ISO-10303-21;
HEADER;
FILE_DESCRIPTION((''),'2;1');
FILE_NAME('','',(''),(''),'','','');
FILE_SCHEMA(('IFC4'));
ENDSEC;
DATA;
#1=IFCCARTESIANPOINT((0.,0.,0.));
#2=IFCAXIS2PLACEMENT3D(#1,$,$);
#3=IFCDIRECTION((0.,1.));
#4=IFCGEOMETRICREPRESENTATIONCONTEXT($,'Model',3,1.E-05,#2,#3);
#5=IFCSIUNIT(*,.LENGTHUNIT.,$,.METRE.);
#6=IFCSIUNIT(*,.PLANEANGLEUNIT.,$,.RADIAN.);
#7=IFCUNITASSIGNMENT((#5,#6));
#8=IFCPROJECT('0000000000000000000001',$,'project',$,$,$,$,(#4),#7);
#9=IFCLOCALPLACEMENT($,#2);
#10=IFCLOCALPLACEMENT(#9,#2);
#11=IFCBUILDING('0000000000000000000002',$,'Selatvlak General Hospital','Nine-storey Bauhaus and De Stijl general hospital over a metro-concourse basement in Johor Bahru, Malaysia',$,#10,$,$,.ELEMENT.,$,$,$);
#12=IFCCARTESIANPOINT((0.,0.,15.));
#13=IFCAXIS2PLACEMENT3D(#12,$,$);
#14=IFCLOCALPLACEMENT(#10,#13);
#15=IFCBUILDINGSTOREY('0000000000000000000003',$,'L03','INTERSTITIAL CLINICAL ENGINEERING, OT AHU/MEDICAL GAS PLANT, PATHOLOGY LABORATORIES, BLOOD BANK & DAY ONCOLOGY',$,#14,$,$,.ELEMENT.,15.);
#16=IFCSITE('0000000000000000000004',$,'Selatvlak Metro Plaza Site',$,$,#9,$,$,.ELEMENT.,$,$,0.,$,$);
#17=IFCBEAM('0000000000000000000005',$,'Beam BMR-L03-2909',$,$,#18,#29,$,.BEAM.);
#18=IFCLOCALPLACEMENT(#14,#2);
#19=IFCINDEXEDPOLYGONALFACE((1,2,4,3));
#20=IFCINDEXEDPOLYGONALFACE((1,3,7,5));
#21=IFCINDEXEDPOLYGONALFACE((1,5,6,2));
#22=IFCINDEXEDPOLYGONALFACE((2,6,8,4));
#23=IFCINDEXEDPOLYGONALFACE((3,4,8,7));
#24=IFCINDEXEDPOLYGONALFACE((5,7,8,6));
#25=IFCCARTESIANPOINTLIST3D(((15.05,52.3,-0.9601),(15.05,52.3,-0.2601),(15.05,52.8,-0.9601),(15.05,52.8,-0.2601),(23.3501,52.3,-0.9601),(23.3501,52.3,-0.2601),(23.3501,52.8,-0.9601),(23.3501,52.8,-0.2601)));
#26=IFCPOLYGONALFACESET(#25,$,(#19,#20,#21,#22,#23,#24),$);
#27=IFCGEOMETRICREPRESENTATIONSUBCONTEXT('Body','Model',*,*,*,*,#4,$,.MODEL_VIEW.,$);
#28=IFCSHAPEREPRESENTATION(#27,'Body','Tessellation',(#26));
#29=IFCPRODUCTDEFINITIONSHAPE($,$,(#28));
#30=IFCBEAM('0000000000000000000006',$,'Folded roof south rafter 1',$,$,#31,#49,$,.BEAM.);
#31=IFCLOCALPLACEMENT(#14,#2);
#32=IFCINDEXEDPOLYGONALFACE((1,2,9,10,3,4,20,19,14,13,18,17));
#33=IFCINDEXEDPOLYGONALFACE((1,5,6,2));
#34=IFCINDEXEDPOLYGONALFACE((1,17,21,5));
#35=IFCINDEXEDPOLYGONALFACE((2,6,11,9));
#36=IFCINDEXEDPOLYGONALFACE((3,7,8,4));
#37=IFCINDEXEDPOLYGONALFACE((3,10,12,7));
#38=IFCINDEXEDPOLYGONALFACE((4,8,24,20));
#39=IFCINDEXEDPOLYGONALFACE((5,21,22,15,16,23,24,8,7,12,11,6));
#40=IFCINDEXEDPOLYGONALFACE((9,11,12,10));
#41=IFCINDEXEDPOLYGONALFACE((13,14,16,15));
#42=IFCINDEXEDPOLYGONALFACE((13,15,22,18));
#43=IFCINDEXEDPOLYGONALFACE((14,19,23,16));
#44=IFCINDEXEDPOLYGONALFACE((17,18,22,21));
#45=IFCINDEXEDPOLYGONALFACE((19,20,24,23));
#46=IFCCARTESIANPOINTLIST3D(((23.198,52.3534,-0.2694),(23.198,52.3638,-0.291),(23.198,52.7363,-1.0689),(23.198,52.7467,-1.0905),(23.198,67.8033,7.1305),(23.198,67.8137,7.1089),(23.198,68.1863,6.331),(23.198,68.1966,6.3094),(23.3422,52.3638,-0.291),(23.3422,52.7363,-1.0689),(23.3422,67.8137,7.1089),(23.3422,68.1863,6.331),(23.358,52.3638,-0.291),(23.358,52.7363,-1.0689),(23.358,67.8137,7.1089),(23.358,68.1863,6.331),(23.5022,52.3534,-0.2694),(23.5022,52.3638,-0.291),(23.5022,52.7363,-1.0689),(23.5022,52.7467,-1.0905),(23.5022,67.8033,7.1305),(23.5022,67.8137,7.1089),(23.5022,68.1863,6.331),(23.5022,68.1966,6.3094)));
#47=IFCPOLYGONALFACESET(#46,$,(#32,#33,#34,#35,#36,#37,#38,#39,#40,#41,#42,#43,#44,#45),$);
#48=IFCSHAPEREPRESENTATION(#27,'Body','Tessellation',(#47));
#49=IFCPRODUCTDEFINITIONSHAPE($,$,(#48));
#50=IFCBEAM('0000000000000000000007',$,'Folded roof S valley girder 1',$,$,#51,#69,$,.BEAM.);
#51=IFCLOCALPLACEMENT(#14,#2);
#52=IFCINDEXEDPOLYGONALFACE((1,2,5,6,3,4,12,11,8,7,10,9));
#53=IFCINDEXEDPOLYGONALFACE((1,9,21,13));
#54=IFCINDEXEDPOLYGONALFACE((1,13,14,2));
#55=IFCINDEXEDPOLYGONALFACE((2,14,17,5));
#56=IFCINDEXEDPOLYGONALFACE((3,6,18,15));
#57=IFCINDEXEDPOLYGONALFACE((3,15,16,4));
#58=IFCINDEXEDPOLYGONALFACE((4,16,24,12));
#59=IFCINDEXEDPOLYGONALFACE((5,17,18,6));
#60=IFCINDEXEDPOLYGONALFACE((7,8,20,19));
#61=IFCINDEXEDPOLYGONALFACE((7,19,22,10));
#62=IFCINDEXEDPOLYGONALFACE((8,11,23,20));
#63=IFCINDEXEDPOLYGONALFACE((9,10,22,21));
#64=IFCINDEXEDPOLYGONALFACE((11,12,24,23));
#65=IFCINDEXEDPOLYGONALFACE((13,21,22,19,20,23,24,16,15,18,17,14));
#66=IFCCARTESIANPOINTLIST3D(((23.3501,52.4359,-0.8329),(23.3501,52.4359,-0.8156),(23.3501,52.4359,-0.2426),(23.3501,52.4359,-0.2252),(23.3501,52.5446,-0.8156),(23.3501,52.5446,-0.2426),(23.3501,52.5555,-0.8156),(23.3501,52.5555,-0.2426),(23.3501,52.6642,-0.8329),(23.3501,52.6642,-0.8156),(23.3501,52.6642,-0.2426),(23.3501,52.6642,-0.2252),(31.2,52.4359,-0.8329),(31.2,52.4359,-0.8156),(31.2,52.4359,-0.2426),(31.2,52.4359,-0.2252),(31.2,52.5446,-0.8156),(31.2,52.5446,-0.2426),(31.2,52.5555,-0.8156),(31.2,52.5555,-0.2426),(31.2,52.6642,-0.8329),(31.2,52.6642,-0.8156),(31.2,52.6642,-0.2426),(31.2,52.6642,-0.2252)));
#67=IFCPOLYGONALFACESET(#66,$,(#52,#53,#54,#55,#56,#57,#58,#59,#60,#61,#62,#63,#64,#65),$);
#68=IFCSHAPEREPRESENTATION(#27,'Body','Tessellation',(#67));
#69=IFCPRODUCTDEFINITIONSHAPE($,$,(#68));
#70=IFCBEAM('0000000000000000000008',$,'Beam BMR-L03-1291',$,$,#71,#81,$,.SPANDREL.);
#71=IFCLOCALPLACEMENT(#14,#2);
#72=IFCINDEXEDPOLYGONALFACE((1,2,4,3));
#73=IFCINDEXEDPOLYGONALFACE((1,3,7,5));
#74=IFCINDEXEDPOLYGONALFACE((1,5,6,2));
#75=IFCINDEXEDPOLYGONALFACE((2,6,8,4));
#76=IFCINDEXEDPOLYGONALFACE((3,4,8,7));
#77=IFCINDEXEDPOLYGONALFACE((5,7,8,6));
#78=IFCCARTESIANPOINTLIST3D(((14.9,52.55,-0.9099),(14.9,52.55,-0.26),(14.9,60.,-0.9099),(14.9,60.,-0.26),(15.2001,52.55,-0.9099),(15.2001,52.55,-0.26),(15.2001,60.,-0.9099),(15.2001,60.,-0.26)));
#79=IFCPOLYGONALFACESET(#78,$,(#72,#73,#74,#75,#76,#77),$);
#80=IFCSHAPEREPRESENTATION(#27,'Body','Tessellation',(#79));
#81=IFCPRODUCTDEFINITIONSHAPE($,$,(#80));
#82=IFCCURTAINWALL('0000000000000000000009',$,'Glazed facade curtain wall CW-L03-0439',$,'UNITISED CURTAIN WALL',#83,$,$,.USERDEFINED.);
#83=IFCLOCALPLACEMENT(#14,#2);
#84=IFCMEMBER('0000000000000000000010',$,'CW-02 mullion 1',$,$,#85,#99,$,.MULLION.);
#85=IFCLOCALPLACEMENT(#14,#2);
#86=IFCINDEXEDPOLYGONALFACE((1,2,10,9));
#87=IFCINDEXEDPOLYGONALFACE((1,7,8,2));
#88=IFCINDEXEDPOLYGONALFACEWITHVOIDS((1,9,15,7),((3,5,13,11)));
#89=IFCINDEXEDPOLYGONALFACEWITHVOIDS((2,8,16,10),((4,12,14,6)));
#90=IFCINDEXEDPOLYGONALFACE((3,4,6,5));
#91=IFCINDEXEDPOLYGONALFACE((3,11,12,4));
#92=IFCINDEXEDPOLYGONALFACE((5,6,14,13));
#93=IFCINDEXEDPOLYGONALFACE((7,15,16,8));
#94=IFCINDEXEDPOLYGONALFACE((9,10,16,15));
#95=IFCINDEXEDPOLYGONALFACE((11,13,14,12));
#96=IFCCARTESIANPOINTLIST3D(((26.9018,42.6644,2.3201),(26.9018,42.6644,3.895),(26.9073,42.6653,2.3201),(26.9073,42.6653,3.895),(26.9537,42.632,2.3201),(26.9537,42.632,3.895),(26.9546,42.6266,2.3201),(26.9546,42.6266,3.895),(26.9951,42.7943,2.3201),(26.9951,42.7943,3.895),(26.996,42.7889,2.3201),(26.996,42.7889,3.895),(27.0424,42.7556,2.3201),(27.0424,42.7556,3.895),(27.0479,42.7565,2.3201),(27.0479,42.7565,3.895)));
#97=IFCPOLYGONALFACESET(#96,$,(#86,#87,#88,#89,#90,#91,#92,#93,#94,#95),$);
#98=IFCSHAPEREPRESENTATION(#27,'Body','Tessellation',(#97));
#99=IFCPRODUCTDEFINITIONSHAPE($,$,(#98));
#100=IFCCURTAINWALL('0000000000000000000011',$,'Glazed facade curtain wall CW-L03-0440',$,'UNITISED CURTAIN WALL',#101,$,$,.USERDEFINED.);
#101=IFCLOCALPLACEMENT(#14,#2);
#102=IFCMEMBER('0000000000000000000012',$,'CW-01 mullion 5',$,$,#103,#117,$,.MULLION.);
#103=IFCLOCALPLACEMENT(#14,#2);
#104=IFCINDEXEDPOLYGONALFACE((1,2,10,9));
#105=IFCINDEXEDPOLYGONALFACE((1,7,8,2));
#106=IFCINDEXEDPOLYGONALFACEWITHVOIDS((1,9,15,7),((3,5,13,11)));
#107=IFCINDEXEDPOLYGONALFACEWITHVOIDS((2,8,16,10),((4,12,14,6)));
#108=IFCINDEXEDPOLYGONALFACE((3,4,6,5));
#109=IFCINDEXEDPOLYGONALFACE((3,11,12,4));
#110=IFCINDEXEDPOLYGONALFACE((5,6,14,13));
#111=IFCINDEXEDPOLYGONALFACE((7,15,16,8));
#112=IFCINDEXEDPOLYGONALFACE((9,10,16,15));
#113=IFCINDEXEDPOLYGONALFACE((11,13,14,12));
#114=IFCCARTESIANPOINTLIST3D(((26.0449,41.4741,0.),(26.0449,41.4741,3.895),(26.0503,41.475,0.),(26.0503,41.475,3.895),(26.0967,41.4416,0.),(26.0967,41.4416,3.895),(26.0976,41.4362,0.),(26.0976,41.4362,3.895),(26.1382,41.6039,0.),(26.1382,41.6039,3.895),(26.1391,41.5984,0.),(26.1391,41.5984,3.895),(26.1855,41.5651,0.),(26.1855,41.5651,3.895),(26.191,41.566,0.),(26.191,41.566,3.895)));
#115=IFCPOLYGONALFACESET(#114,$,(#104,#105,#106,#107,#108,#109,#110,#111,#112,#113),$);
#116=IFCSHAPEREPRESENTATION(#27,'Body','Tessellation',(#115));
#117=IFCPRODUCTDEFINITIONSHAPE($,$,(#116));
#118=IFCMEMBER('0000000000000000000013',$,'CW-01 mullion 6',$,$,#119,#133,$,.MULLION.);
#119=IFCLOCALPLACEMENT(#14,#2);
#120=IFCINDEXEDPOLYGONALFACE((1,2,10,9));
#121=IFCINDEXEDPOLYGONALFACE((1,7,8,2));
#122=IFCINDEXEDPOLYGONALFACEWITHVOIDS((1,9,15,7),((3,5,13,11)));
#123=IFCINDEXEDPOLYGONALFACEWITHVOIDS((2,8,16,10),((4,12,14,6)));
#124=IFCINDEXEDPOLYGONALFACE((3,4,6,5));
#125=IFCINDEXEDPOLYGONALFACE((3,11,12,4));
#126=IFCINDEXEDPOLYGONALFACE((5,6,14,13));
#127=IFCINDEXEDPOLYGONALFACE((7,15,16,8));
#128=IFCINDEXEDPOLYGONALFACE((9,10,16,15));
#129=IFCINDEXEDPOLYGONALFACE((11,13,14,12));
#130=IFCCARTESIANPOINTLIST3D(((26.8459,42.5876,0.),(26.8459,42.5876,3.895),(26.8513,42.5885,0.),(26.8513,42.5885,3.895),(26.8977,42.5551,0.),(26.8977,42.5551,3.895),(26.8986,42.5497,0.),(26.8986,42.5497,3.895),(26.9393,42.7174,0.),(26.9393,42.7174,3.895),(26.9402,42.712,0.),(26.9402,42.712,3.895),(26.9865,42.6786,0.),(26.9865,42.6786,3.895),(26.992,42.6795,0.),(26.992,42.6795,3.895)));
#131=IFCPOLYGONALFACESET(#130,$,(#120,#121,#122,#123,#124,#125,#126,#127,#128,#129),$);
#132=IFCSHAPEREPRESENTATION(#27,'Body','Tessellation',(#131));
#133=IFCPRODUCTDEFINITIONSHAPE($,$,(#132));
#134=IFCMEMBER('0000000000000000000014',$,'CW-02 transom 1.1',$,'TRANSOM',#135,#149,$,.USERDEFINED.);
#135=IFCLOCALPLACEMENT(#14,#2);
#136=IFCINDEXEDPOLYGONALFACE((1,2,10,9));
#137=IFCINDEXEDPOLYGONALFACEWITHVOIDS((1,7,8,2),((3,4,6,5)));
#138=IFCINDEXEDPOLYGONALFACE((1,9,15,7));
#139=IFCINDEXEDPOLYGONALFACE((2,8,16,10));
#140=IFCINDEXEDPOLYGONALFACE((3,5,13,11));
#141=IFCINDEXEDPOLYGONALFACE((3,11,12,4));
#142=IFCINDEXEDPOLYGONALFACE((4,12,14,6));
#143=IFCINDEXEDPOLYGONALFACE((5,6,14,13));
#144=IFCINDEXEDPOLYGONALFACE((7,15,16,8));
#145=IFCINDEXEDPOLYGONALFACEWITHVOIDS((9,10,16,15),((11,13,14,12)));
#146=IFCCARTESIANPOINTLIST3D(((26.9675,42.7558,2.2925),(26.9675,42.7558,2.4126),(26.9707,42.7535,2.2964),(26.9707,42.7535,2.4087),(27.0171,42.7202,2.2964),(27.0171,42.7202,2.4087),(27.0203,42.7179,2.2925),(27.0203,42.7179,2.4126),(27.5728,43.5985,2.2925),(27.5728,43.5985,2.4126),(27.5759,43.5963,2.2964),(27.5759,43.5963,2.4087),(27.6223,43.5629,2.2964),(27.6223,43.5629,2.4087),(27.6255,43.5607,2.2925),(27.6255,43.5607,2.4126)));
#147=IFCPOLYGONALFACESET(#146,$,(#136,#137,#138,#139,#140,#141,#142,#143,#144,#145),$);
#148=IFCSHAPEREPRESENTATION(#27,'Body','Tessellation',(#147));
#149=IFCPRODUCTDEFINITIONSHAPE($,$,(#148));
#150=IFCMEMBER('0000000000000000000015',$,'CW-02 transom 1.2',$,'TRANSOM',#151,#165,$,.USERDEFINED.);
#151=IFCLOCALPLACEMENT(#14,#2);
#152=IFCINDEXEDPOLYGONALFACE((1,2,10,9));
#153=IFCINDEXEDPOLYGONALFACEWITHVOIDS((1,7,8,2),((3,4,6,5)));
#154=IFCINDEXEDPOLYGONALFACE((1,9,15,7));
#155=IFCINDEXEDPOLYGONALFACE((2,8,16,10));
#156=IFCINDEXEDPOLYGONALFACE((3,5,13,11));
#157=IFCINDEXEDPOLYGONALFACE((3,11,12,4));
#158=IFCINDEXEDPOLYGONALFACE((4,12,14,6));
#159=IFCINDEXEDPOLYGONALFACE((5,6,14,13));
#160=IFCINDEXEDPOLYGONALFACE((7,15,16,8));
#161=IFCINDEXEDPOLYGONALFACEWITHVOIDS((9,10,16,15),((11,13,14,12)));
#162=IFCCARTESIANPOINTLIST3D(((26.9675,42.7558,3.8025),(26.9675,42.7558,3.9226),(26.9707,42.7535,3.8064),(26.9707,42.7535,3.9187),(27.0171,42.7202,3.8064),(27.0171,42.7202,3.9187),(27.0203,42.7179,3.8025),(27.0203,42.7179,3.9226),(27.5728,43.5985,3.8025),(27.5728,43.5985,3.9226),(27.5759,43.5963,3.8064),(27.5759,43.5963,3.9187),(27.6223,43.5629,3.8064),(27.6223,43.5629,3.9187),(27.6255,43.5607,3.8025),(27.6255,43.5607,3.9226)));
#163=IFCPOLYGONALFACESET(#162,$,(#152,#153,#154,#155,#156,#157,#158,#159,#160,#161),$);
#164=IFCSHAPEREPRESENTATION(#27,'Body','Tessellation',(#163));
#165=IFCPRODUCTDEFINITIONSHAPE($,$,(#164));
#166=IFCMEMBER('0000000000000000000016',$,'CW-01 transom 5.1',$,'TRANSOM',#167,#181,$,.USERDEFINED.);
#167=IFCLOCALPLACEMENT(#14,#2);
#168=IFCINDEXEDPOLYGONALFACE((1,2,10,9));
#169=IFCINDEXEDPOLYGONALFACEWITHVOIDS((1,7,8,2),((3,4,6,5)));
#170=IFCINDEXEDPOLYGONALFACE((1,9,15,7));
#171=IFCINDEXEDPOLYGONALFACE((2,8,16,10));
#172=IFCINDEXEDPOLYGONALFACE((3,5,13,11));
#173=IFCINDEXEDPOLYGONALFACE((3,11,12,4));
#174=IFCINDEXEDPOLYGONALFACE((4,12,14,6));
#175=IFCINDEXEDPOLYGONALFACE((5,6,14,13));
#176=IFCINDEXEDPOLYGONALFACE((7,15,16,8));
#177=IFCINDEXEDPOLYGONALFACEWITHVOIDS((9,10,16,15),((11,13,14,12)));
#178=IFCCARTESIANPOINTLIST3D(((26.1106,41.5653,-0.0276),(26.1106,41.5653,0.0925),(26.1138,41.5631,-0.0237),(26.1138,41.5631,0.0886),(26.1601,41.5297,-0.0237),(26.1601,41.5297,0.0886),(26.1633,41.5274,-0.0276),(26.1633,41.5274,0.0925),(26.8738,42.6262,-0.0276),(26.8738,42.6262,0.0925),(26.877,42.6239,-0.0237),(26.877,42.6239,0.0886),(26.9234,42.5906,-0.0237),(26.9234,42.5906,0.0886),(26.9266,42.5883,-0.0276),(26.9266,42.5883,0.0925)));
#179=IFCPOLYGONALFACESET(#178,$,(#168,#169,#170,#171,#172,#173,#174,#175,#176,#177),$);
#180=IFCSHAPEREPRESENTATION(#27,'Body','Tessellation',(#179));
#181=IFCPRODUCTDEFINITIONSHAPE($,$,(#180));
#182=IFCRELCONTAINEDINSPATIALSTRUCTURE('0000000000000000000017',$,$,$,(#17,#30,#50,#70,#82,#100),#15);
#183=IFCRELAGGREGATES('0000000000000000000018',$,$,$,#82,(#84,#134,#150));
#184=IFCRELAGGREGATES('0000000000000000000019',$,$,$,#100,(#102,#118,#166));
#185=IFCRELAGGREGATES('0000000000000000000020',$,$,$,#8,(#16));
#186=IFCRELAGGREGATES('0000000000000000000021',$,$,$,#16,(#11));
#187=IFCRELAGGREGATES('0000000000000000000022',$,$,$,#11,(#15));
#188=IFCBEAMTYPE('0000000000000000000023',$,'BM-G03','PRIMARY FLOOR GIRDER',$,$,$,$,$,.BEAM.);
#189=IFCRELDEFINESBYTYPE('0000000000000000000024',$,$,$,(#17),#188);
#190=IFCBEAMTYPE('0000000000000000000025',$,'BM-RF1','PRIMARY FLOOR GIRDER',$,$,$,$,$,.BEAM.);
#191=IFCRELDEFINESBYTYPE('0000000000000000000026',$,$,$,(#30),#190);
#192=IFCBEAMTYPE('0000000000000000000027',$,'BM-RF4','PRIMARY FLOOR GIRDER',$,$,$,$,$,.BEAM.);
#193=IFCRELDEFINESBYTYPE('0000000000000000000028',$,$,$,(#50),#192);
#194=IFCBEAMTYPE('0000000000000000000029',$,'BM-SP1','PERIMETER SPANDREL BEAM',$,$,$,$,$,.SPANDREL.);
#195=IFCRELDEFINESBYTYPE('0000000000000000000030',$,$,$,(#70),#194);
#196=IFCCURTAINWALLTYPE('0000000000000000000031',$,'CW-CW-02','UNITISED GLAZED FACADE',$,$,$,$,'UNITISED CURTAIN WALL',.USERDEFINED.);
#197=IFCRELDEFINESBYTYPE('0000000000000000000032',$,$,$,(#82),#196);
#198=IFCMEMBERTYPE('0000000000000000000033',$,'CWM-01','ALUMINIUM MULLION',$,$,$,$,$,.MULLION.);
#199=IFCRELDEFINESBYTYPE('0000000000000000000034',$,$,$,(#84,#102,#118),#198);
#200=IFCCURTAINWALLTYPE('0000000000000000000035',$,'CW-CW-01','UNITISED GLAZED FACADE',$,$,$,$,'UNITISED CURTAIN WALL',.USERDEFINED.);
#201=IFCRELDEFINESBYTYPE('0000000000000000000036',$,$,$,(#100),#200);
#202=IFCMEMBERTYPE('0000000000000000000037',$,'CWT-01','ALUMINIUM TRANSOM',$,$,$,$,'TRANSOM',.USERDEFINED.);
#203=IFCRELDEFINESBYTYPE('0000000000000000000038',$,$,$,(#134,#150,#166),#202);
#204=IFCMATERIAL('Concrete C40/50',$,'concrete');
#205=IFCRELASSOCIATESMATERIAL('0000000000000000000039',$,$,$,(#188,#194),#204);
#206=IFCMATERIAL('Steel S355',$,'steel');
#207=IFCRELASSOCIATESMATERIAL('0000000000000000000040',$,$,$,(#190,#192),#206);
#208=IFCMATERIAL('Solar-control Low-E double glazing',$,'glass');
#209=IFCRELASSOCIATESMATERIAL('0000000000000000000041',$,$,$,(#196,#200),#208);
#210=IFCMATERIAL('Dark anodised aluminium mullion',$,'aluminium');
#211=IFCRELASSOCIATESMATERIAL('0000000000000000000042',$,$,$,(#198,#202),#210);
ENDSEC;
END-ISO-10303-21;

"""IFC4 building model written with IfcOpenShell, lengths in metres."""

from ifc_helpers import new_model, si_unit, direction, frame, origin, origin_2d, place, context, subcontext, project, spatial, rectangle, hollow_rectangle, i_section, extrude, material, material_profile, profile_set, type_object, element, aggregate, save


model = new_model("IFC4")

# Units and contexts
model_context = context("Model", 3, precision=1e-05, world=origin(), true_north=direction((0.0, 1.0)))
body_context = subcontext(model_context, "Body", "Model", "MODEL_VIEW")
ifc_project = project(units=[si_unit("LENGTHUNIT", "METRE"), si_unit("PLANEANGLEUNIT", "RADIAN")], contexts=[model_context])

# Site, building, storey
site_placement = place(None, origin())
site = spatial("IfcSite", under=ifc_project, at=site_placement, Name="Selatvlak Metro Plaza Site", CompositionType="ELEMENT", RefElevation=0.0)
building_placement = place(site_placement, origin())
building = spatial("IfcBuilding", under=site, at=building_placement, Name="Selatvlak General Hospital", Description="Nine-storey Bauhaus and De Stijl general hospital over a metro-concourse basement in Johor Bahru, Malaysia", CompositionType="ELEMENT")
storey_placement = place(building_placement, frame((0.0, 0.0, 15.0)))
storey = spatial("IfcBuildingStorey", under=building, at=storey_placement, Name="L03", Description="INTERSTITIAL CLINICAL ENGINEERING, OT AHU/MEDICAL GAS PLANT, PATHOLOGY LABORATORIES, BLOOD BANK & DAY ONCOLOGY", CompositionType="ELEMENT", Elevation=15.0)

# Beams
ifc_material_1 = material(Name="Concrete C40/50", Category="concrete")
ifc_material_profile_1 = material_profile(ifc_material_1, rectangle(XDim=0.5, YDim=0.7, at=origin_2d()), Name="RC-BM 500x700")
ifc_profile_set_1 = profile_set([ifc_material_profile_1], Name="Concrete C40/50")
beam_type_1 = type_object("IfcBeamType", Name="BM-G03", Description="PRIMARY FLOOR GIRDER", PredefinedType="BEAM", material=ifc_profile_set_1)
beam_1_placement = place(storey_placement, frame((15.05, 52.55, -0.6101), z_axis=(1.0, 0.0, 0.0), x_axis=(0.0, 1.0, 0.0)))
element("IfcBeam", 1, at=beam_1_placement, inside=storey, type_object=beam_type_1, Name="Beam BMR-L03-2909", PredefinedType="BEAM", context=body_context, shape_type="SweptSolid", body=[
    extrude(rectangle(XDim=0.5, YDim=0.7, at=origin_2d()), origin(), (0.0, 0.0, 1.0), 8.3),
])
ifc_material_2 = material(Name="Steel S355", Category="steel")
ifc_material_profile_2 = material_profile(ifc_material_2, i_section(OverallWidth=0.3042, OverallDepth=0.9104, WebThickness=0.0159, FlangeThickness=0.0239, at=origin_2d()), Name="UB 914x305x224")
ifc_profile_set_2 = profile_set([ifc_material_profile_2], Name="Steel S355")
beam_type_2 = type_object("IfcBeamType", Name="BM-RF1", Description="PRIMARY FLOOR GIRDER", PredefinedType="BEAM", material=ifc_profile_set_2)
beam_2_placement = place(storey_placement, frame((23.3501, 52.55, -0.6799), z_axis=(0.0, 0.901889, 0.431968), x_axis=(-1.0, 0.0, 0.0)))
element("IfcBeam", 2, at=beam_2_placement, inside=storey, type_object=beam_type_2, Name="Folded roof south rafter 1", PredefinedType="BEAM", context=body_context, shape_type="SweptSolid", body=[
    extrude(i_section(OverallWidth=0.3042, OverallDepth=0.9104, WebThickness=0.0159, FlangeThickness=0.0239, at=origin_2d()), origin(), (0.0, 0.0, 1.0), 17.1306),
])
ifc_material_profile_3 = material_profile(ifc_material_2, i_section(OverallWidth=0.2283, OverallDepth=0.6077, WebThickness=0.011, FlangeThickness=0.0173, at=origin_2d()), Name="UB 610x229x113")
ifc_profile_set_3 = profile_set([ifc_material_profile_3], Name="Steel S355")
beam_type_3 = type_object("IfcBeamType", Name="BM-RF4", Description="PRIMARY FLOOR GIRDER", PredefinedType="BEAM", material=ifc_profile_set_3)
beam_3_placement = place(storey_placement, frame((23.3501, 52.55, -0.5291), z_axis=(1.0, 0.0, 0.0), x_axis=(0.0, 1.0, 0.0)))
element("IfcBeam", 3, at=beam_3_placement, inside=storey, type_object=beam_type_3, Name="Folded roof S valley girder 1", PredefinedType="BEAM", context=body_context, shape_type="SweptSolid", body=[
    extrude(i_section(OverallWidth=0.2283, OverallDepth=0.6077, WebThickness=0.011, FlangeThickness=0.0173, at=origin_2d()), origin(), (0.0, 0.0, 1.0), 7.8499),
])
ifc_material_profile_4 = material_profile(ifc_material_1, rectangle(XDim=0.3, YDim=0.6499, at=origin_2d()), Name="RC-SP 300x650")
ifc_profile_set_4 = profile_set([ifc_material_profile_4], Name="Concrete C40/50")
beam_type_4 = type_object("IfcBeamType", Name="BM-SP1", Description="PERIMETER SPANDREL BEAM", PredefinedType="SPANDREL", material=ifc_profile_set_4)
beam_4_placement = place(storey_placement, frame((15.05, 52.55, -0.585), z_axis=(0.0, 1.0, 0.0), x_axis=(-1.0, 0.0, 0.0)))
element("IfcBeam", 4, at=beam_4_placement, inside=storey, type_object=beam_type_4, Name="Beam BMR-L03-1291", PredefinedType="SPANDREL", context=body_context, shape_type="SweptSolid", body=[
    extrude(rectangle(XDim=0.3, YDim=0.6499, at=origin_2d()), origin(), (0.0, 0.0, 1.0), 7.45),
])

# Curtain wall, member
ifc_material_3 = material(Name="Solar-control Low-E double glazing", Category="glass")
curtain_wall_type_1 = type_object("IfcCurtainWallType", Name="CW-CW-02", Description="UNITISED GLAZED FACADE", ElementType="UNITISED CURTAIN WALL", PredefinedType="USERDEFINED", material=ifc_material_3)
curtain_wall_1_placement = place(storey_placement, origin())
curtain_wall_1 = element("IfcCurtainWall", 5, at=curtain_wall_1_placement, inside=storey, type_object=curtain_wall_type_1, Name="Glazed facade curtain wall CW-L03-0439", ObjectType="UNITISED CURTAIN WALL", PredefinedType="USERDEFINED")
ifc_material_4 = material(Name="Dark anodised aluminium mullion", Category="aluminium")
ifc_material_profile_5 = material_profile(ifc_material_4, hollow_rectangle(XDim=0.0649, YDim=0.1599, WallThickness=0.0039, at=origin_2d()), Name="AL-MUL 65x160x4")
ifc_profile_set_5 = profile_set([ifc_material_profile_5], Name="Dark anodised aluminium mullion")
member_type_1 = type_object("IfcMemberType", Name="CWM-01", Description="ALUMINIUM MULLION", PredefinedType="MULLION", material=ifc_profile_set_5)
member_1_placement = place(storey_placement, frame((26.9749, 42.7104, 2.3201), z_axis=(0.0, 0.0, 1.0), x_axis=(-0.812302, 0.583237, 0.0)))
member_1 = element("IfcMember", 6, at=member_1_placement, type_object=member_type_1, Name="CW-02 mullion 1", PredefinedType="MULLION", context=body_context, shape_type="SweptSolid", body=[
    extrude(hollow_rectangle(XDim=0.0649, YDim=0.1599, WallThickness=0.0039, at=origin_2d()), origin(), (0.0, 0.0, 1.0), 1.575),
])

# Curtain wall, members
curtain_wall_type_2 = type_object("IfcCurtainWallType", Name="CW-CW-01", Description="UNITISED GLAZED FACADE", ElementType="UNITISED CURTAIN WALL", PredefinedType="USERDEFINED", material=ifc_material_3)
curtain_wall_2_placement = place(storey_placement, origin())
curtain_wall_2 = element("IfcCurtainWall", 7, at=curtain_wall_2_placement, inside=storey, type_object=curtain_wall_type_2, Name="Glazed facade curtain wall CW-L03-0440", ObjectType="UNITISED CURTAIN WALL", PredefinedType="USERDEFINED")
member_2_placement = place(storey_placement, frame((26.1179, 41.52, 0.0), z_axis=(0.0, 0.0, 1.0), x_axis=(-0.811804, 0.583929, 0.0)))
member_2 = element("IfcMember", 8, at=member_2_placement, type_object=member_type_1, Name="CW-01 mullion 5", PredefinedType="MULLION", context=body_context, shape_type="SweptSolid", body=[
    extrude(hollow_rectangle(XDim=0.0649, YDim=0.1599, WallThickness=0.0039, at=origin_2d()), origin(), (0.0, 0.0, 1.0), 3.895),
])
member_3_placement = place(storey_placement, frame((26.9189, 42.6335, 0.0), z_axis=(0.0, 0.0, 1.0), x_axis=(-0.811804, 0.583929, 0.0)))
member_3 = element("IfcMember", 9, at=member_3_placement, type_object=member_type_1, Name="CW-01 mullion 6", PredefinedType="MULLION", context=body_context, shape_type="SweptSolid", body=[
    extrude(hollow_rectangle(XDim=0.0649, YDim=0.1599, WallThickness=0.0039, at=origin_2d()), origin(), (0.0, 0.0, 1.0), 3.895),
])

# Members
ifc_material_profile_6 = material_profile(ifc_material_4, hollow_rectangle(XDim=0.0649, YDim=0.1201, WallThickness=0.0039, at=origin_2d()), Name="AL-TRN 65x120x4")
ifc_profile_set_6 = profile_set([ifc_material_profile_6], Name="Dark anodised aluminium mullion")
member_type_2 = type_object("IfcMemberType", Name="CWT-01", Description="ALUMINIUM TRANSOM", ElementType="TRANSOM", PredefinedType="USERDEFINED", material=ifc_profile_set_6)
member_4_placement = place(storey_placement, frame((26.9939, 42.7368, 2.3525), z_axis=(0.583306, 0.812252, 0.0), x_axis=(-0.812252, 0.583306, 0.0)))
member_4 = element("IfcMember", 10, at=member_4_placement, type_object=member_type_2, Name="CW-02 transom 1.1", ObjectType="TRANSOM", PredefinedType="USERDEFINED", context=body_context, shape_type="SweptSolid", body=[
    extrude(hollow_rectangle(XDim=0.0649, YDim=0.1201, WallThickness=0.0039, at=origin_2d()), origin(), (0.0, 0.0, 1.0), 1.0376),
])
member_5_placement = place(storey_placement, frame((26.9939, 42.7368, 3.8625), z_axis=(0.583306, 0.812252, 0.0), x_axis=(-0.812252, 0.583306, 0.0)))
member_5 = element("IfcMember", 11, at=member_5_placement, type_object=member_type_2, Name="CW-02 transom 1.2", ObjectType="TRANSOM", PredefinedType="USERDEFINED", context=body_context, shape_type="SweptSolid", body=[
    extrude(hollow_rectangle(XDim=0.0649, YDim=0.1201, WallThickness=0.0039, at=origin_2d()), origin(), (0.0, 0.0, 1.0), 1.0376),
])
aggregate(curtain_wall_1, [member_1, member_4, member_5])
member_6_placement = place(storey_placement, frame((26.137, 41.5464, 0.0325), z_axis=(0.584009, 0.811747, 0.0), x_axis=(-0.811747, 0.584009, 0.0)))
member_6 = element("IfcMember", 12, at=member_6_placement, type_object=member_type_2, Name="CW-01 transom 5.1", ObjectType="TRANSOM", PredefinedType="USERDEFINED", context=body_context, shape_type="SweptSolid", body=[
    extrude(hollow_rectangle(XDim=0.0649, YDim=0.1201, WallThickness=0.0039, at=origin_2d()), origin(), (0.0, 0.0, 1.0), 1.3069),
])

aggregate(curtain_wall_2, [member_2, member_3, member_6])

save(model, "model.ifc")
